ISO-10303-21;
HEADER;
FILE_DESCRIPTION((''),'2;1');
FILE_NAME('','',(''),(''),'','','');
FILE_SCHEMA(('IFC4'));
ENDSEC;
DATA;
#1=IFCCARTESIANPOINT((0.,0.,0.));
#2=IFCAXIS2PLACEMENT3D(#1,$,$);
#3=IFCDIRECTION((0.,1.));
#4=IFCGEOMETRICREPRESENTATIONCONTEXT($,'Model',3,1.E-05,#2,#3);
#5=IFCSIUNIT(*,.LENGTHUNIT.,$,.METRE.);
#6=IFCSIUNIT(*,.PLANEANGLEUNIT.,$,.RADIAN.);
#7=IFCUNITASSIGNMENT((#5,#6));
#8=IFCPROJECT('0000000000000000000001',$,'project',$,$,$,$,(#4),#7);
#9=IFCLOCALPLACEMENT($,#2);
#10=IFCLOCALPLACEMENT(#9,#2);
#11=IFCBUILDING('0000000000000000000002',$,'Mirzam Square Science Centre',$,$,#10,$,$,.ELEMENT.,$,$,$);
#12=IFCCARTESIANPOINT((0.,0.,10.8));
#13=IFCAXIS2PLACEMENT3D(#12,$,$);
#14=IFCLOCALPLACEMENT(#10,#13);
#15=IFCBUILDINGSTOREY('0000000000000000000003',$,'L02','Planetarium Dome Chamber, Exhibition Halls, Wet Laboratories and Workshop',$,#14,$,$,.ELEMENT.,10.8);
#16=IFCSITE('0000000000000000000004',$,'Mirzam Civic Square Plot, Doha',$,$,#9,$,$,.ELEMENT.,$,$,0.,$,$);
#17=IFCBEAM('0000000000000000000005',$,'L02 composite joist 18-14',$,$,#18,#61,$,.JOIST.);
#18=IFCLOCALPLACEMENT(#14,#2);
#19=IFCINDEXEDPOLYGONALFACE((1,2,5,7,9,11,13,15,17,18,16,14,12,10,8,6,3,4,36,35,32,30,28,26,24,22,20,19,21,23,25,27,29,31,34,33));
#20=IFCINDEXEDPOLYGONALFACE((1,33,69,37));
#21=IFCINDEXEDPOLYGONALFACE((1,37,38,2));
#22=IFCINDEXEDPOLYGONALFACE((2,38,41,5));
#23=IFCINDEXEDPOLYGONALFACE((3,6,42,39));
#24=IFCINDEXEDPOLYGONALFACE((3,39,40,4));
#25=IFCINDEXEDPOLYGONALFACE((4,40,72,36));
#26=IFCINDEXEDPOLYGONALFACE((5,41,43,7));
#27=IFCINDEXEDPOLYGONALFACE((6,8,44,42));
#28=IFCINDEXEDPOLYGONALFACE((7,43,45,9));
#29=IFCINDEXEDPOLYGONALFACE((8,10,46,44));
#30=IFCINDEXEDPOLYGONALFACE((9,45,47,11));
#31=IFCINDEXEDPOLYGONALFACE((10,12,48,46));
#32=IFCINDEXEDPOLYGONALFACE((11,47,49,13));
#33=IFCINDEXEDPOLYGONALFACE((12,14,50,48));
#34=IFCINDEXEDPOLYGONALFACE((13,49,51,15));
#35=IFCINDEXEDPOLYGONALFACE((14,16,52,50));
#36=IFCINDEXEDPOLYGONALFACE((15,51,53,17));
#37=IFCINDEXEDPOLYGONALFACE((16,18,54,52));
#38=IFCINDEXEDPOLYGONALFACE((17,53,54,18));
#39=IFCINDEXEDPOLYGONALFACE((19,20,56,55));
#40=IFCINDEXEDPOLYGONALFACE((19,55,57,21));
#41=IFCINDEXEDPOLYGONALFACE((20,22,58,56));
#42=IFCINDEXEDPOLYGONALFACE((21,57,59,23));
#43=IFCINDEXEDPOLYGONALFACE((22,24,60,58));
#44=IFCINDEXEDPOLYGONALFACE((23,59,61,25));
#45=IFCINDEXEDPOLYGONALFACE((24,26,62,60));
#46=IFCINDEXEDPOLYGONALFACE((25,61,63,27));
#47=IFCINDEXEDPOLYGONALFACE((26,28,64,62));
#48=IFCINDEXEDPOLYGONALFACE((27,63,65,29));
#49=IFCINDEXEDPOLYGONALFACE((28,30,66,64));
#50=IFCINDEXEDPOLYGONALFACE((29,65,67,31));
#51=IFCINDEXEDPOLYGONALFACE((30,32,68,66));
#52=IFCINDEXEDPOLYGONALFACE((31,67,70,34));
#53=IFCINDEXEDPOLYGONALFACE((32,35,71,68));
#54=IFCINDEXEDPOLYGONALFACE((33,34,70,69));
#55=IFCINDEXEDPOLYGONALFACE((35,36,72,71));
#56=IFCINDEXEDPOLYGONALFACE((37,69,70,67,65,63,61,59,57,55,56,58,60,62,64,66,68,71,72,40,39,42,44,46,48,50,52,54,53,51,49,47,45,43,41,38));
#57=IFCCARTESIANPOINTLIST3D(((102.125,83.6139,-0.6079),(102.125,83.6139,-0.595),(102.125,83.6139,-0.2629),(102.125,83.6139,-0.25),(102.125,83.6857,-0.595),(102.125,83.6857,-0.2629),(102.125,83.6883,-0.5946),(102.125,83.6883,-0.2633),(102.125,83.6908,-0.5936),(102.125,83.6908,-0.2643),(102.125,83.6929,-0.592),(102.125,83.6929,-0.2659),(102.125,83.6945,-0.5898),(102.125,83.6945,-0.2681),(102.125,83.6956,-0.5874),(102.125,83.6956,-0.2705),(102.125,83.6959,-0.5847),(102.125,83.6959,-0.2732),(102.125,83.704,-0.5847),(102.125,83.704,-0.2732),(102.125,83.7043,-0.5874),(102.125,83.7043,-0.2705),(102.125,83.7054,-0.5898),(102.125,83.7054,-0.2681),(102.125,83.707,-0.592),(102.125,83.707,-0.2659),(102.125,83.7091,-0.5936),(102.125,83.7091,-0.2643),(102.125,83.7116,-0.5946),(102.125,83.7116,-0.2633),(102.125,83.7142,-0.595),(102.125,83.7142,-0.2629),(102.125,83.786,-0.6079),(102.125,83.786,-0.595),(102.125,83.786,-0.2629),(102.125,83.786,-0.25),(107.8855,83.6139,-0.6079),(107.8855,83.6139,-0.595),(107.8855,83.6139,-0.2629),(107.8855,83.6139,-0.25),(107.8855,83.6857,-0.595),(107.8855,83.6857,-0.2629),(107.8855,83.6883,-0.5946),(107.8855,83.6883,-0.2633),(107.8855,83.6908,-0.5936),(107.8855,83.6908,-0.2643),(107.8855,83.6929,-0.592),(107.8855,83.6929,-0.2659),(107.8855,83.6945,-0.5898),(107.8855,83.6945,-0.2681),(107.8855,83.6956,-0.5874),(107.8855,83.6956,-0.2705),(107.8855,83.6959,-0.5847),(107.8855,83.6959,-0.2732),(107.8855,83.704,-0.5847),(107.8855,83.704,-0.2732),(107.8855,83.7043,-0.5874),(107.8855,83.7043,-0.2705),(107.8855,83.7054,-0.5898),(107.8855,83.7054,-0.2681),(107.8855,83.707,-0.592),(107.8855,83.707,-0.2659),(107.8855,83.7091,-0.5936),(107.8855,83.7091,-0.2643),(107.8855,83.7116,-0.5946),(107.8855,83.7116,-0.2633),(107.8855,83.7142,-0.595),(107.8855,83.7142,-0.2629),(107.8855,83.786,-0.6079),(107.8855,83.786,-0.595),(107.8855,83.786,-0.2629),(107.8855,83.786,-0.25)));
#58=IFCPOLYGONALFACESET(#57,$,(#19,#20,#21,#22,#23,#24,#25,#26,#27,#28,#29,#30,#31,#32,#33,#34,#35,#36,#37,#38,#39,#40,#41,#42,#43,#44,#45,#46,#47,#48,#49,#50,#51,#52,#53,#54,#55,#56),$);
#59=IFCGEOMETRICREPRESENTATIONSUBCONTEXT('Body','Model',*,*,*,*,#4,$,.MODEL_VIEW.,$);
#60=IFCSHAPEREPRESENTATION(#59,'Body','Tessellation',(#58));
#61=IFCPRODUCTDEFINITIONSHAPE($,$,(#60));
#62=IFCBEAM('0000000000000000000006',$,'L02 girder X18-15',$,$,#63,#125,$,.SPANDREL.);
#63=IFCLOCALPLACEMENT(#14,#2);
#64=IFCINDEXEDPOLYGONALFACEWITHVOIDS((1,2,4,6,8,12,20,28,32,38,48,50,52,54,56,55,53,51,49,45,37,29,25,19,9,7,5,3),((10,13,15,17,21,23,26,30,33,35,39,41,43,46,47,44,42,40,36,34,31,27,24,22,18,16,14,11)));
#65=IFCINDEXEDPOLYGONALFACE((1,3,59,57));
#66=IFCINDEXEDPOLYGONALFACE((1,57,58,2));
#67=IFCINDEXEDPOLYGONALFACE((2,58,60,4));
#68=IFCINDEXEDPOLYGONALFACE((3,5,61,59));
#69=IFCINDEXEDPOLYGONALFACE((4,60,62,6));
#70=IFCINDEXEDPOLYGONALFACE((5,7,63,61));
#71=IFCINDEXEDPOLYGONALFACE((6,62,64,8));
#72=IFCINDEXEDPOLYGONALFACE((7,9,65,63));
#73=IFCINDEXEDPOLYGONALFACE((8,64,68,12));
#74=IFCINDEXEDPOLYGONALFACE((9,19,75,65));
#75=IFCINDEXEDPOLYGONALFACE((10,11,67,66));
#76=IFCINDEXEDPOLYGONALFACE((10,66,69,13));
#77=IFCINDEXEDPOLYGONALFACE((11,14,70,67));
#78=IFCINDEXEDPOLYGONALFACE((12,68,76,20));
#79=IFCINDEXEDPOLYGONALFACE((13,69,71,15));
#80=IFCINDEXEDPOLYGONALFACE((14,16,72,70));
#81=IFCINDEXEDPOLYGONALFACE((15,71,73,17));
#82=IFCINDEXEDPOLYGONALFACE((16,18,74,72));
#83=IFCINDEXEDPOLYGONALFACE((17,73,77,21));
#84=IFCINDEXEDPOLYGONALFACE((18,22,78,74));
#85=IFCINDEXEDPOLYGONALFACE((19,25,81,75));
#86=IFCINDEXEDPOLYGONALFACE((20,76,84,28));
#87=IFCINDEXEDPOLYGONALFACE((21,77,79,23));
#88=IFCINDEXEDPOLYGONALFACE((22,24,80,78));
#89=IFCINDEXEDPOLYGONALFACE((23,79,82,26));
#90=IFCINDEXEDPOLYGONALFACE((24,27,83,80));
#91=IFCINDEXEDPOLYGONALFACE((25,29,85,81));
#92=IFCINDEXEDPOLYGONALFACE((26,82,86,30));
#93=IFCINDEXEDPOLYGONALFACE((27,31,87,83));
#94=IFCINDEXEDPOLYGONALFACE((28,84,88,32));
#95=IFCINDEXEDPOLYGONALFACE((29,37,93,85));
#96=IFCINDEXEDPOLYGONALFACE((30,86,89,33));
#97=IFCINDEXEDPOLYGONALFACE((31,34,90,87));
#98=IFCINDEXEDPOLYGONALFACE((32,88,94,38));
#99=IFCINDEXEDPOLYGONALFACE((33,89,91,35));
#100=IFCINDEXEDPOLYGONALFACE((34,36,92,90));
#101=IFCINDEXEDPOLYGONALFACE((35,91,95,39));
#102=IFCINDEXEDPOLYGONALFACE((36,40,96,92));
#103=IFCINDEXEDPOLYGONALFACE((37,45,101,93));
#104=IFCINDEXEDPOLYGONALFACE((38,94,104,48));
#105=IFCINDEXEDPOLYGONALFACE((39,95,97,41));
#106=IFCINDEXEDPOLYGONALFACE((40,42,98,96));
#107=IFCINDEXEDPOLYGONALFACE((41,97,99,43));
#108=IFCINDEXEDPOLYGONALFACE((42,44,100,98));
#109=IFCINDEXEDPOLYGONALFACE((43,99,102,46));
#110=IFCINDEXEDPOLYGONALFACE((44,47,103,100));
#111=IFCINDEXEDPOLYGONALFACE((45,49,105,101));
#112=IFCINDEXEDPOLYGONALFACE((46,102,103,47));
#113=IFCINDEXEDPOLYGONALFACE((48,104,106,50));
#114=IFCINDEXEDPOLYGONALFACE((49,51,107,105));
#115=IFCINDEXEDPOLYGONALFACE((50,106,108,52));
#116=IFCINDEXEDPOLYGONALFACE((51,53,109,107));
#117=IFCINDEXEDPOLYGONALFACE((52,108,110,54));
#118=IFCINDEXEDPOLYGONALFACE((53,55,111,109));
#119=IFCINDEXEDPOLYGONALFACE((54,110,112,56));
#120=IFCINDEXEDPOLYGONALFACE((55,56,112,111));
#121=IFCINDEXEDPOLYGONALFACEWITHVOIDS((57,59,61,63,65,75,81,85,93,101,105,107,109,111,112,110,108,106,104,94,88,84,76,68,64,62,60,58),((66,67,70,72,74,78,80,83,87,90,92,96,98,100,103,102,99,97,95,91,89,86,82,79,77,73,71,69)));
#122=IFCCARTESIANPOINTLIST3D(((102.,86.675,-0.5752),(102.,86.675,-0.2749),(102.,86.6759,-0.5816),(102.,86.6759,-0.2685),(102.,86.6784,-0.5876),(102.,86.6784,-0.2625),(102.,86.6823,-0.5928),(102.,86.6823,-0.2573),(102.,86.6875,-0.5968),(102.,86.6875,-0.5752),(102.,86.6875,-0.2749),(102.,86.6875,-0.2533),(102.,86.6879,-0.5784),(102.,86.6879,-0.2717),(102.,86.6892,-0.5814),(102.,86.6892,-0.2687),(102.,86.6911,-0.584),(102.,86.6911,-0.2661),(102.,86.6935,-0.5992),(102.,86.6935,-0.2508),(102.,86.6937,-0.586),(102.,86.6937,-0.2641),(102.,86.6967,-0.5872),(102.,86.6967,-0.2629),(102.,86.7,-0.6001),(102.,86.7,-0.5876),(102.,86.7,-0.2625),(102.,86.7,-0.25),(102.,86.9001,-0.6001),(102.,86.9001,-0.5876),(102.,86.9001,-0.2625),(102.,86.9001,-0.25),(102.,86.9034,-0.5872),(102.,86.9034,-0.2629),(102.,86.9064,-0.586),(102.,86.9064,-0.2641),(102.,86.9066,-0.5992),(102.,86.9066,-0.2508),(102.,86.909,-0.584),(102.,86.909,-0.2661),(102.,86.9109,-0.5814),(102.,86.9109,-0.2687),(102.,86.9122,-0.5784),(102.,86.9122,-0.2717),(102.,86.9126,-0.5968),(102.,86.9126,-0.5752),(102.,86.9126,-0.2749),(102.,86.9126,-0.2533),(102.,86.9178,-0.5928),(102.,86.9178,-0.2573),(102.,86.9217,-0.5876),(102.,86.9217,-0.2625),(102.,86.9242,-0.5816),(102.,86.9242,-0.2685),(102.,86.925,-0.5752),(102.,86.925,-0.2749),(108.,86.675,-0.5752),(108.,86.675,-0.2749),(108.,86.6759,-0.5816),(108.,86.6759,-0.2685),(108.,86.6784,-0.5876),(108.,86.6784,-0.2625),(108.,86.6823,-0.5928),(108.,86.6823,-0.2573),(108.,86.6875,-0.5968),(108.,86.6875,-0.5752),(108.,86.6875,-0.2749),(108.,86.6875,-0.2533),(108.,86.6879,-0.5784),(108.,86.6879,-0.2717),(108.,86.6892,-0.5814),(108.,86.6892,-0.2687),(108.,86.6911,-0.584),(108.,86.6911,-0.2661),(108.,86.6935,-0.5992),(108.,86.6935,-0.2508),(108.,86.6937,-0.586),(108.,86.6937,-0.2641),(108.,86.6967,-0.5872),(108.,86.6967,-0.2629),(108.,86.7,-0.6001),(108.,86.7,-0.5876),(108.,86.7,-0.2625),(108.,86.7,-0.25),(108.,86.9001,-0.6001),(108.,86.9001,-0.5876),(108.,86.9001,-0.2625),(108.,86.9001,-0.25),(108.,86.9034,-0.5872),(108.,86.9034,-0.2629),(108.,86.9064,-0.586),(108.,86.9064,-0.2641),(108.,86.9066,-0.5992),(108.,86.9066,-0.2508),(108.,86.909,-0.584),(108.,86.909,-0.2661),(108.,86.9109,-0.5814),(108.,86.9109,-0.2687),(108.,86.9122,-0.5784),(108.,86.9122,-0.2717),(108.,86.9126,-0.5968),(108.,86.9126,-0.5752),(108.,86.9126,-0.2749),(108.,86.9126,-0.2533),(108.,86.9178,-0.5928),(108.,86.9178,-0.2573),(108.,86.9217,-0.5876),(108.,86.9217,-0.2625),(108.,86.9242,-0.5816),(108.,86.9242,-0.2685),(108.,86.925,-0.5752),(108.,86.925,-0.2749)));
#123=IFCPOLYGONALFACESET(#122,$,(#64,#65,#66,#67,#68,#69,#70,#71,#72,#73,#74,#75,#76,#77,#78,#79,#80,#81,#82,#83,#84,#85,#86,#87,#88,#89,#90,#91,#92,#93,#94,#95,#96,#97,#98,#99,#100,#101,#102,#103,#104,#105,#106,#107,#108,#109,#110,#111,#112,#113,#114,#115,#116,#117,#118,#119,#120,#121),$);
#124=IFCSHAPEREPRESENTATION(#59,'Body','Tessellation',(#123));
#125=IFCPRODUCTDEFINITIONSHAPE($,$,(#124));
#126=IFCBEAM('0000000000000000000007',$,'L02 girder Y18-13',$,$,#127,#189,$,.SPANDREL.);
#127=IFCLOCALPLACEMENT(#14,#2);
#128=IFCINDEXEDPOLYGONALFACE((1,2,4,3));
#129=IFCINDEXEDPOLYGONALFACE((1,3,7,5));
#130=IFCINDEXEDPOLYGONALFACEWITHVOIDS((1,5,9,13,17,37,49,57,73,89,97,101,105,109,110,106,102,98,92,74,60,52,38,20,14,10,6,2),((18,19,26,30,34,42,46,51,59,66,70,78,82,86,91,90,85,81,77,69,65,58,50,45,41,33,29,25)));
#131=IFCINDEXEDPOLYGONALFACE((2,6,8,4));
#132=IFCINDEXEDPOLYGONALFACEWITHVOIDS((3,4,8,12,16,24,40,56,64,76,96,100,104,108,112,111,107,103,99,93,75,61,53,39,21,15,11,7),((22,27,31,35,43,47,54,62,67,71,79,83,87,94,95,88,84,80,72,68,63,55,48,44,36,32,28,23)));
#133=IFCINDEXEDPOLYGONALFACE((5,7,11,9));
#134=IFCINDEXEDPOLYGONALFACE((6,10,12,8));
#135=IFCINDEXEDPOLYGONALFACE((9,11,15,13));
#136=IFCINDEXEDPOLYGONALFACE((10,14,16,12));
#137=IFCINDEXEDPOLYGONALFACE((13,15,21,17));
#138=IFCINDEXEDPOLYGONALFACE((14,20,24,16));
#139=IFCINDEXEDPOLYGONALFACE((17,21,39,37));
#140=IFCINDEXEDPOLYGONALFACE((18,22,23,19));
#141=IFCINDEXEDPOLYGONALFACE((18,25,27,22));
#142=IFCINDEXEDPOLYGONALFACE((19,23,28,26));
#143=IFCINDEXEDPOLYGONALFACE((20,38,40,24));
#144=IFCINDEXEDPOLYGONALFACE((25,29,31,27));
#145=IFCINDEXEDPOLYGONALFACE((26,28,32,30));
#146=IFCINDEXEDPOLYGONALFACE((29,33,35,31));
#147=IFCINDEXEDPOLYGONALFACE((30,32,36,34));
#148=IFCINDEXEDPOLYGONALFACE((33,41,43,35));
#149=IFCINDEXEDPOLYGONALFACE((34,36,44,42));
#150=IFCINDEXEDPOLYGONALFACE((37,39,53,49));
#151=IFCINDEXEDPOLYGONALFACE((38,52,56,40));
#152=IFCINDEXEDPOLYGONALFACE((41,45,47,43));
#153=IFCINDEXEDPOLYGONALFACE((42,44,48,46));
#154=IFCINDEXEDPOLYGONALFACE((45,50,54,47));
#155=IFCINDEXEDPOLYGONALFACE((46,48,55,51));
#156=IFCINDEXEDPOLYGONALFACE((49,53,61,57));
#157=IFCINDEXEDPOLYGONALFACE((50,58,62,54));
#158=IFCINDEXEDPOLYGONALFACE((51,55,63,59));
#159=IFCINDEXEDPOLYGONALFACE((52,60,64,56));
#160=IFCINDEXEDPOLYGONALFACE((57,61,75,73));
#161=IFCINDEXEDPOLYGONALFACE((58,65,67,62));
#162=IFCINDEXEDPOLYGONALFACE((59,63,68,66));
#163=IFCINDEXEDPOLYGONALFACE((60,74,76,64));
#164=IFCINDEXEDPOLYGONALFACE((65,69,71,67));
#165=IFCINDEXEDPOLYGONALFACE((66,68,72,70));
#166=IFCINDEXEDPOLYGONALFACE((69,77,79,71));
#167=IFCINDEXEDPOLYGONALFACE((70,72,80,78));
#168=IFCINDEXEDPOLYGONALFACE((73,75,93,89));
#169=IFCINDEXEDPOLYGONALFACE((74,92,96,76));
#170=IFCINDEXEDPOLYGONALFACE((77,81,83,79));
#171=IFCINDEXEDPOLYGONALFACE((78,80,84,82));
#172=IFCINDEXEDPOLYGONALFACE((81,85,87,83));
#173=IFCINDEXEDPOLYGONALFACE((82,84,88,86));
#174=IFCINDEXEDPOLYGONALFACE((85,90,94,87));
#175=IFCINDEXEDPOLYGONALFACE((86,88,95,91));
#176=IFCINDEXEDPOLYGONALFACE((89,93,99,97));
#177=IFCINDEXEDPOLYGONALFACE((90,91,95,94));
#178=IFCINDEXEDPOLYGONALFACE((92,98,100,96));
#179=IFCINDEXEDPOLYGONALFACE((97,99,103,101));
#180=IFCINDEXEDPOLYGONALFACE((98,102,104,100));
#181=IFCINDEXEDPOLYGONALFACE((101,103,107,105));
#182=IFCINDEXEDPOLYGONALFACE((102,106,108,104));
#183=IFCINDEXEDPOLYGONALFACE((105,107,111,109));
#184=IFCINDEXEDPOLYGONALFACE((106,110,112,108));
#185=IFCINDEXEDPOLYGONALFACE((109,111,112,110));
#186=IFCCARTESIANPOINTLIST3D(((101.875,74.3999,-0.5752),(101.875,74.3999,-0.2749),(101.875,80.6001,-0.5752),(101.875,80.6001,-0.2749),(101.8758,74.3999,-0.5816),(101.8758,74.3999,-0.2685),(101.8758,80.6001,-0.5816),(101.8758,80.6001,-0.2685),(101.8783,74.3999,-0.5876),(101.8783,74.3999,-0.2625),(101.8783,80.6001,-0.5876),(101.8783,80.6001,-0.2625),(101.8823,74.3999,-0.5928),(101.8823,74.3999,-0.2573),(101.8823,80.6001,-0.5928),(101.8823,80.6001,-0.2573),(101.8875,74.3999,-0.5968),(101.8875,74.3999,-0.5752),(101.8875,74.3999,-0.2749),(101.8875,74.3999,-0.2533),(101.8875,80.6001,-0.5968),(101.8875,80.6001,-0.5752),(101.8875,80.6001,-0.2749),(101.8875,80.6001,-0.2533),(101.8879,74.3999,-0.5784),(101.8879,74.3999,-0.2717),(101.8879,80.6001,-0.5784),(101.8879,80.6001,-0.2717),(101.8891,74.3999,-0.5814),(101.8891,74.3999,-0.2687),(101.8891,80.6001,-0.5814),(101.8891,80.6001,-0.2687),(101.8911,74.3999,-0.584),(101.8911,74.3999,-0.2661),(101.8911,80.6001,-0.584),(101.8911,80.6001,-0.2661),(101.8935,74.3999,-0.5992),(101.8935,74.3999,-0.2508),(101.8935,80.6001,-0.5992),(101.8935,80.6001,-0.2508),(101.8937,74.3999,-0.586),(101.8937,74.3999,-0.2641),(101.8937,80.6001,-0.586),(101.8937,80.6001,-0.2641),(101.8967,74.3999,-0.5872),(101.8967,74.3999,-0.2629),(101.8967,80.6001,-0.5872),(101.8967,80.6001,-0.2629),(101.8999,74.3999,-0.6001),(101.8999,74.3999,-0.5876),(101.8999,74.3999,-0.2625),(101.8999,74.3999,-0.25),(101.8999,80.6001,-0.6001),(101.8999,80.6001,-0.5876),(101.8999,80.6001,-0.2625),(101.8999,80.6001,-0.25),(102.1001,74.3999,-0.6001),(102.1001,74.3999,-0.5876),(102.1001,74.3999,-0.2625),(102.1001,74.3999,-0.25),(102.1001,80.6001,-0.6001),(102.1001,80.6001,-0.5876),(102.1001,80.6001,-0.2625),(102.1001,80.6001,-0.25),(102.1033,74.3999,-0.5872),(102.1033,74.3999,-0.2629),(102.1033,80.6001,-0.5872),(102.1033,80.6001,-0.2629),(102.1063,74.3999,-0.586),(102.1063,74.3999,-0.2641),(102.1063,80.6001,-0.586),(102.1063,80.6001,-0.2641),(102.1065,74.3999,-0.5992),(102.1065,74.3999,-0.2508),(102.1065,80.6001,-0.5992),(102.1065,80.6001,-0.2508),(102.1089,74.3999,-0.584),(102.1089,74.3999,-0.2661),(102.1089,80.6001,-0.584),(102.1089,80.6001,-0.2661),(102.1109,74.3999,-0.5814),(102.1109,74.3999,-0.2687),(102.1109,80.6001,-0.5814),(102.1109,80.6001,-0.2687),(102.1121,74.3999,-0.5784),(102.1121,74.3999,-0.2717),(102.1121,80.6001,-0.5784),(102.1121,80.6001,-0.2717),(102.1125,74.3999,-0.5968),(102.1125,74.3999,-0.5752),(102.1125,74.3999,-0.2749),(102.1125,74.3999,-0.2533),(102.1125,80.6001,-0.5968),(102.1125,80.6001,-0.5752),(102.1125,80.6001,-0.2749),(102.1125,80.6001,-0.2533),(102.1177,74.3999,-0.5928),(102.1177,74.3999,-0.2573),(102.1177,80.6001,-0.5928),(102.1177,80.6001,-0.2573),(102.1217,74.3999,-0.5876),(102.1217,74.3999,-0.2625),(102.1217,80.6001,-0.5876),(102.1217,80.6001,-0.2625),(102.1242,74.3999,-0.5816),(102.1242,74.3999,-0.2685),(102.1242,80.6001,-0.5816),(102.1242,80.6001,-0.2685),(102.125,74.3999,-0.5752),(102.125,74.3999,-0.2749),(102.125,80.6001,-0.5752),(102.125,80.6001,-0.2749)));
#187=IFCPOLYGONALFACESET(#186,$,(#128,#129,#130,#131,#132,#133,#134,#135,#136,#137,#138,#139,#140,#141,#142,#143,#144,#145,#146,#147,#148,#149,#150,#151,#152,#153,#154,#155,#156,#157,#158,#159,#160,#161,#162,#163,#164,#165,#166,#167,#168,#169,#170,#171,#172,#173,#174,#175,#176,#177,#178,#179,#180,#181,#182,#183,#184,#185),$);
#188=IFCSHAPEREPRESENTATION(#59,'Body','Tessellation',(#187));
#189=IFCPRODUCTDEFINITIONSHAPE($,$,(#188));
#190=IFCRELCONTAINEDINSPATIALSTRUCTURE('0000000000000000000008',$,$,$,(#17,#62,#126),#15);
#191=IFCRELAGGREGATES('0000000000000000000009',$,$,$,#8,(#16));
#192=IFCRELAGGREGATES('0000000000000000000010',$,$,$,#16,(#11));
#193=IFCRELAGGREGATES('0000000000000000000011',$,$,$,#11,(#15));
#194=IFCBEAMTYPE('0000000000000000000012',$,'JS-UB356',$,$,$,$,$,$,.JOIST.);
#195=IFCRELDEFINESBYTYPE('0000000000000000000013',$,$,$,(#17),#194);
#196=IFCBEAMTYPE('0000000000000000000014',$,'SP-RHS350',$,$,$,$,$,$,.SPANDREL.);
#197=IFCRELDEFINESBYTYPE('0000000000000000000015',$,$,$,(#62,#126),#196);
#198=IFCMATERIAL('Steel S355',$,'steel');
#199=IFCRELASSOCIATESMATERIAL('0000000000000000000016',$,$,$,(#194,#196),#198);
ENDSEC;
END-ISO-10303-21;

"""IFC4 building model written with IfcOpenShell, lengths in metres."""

from ifc_helpers import new_model, si_unit, direction, frame, origin, origin_2d, place, context, subcontext, project, spatial, hollow_rectangle, i_section, extrude, material, material_profile, profile_set, type_object, element, save


model = new_model("IFC4")

# Units and contexts
model_context = context("Model", 3, precision=1e-05, world=origin(), true_north=direction((0.0, 1.0)))
body_context = subcontext(model_context, "Body", "Model", "MODEL_VIEW")
ifc_project = project(units=[si_unit("LENGTHUNIT", "METRE"), si_unit("PLANEANGLEUNIT", "RADIAN")], contexts=[model_context])

# Site, building, storey
site_placement = place(None, origin())
site = spatial("IfcSite", under=ifc_project, at=site_placement, Name="Mirzam Civic Square Plot, Doha", CompositionType="ELEMENT", RefElevation=0.0)
building_placement = place(site_placement, origin())
building = spatial("IfcBuilding", under=site, at=building_placement, Name="Mirzam Square Science Centre", CompositionType="ELEMENT")
storey_placement = place(building_placement, frame((0.0, 0.0, 10.8)))
storey = spatial("IfcBuildingStorey", under=building, at=storey_placement, Name="L02", Description="Planetarium Dome Chamber, Exhibition Halls, Wet Laboratories and Workshop", CompositionType="ELEMENT", Elevation=10.8)

# Shared definitions
ifc_material_1 = material(Name="Steel S355", Category="steel")

# Beams
ifc_material_profile_1 = material_profile(ifc_material_1, i_section(OverallWidth=0.1721, OverallDepth=0.3579, WebThickness=0.0081, FlangeThickness=0.0129, FilletRadius=0.0103, at=origin_2d()), Name="356x171x57UB")
ifc_profile_set_1 = profile_set([ifc_material_profile_1], Name="Steel S355")
beam_type_1 = type_object("IfcBeamType", Name="JS-UB356", PredefinedType="JOIST", material=ifc_profile_set_1)
beam_1_placement = place(storey_placement, frame((102.125, 83.7, -0.429), z_axis=(1.0, 0.0, 0.0), x_axis=(0.0, 1.0, 0.0)))
element("IfcBeam", 1, at=beam_1_placement, inside=storey, type_object=beam_type_1, Name="L02 composite joist 18-14", PredefinedType="JOIST", context=body_context, shape_type="SweptSolid", body=[
    extrude(i_section(OverallWidth=0.1721, OverallDepth=0.3579, WebThickness=0.0081, FlangeThickness=0.0129, FilletRadius=0.0103, at=origin_2d()), origin(), (0.0, 0.0, 1.0), 5.7605),
])
ifc_material_profile_2 = material_profile(ifc_material_1, hollow_rectangle(XDim=0.25, YDim=0.3501, WallThickness=0.0125, InnerFilletRadius=0.0125, OuterFilletRadius=0.0249, at=origin_2d()), Name="350x250x12.5RHS")
ifc_profile_set_2 = profile_set([ifc_material_profile_2], Name="Steel S355")
beam_type_2 = type_object("IfcBeamType", Name="SP-RHS350", PredefinedType="SPANDREL", material=ifc_profile_set_2)
beam_2_placement = place(storey_placement, frame((102.0, 86.8, -0.425), z_axis=(1.0, 0.0, 0.0), x_axis=(0.0, 1.0, 0.0)))
element("IfcBeam", 2, at=beam_2_placement, inside=storey, type_object=beam_type_2, Name="L02 girder X18-15", PredefinedType="SPANDREL", context=body_context, shape_type="SweptSolid", body=[
    extrude(hollow_rectangle(XDim=0.25, YDim=0.3501, WallThickness=0.0125, InnerFilletRadius=0.0125, OuterFilletRadius=0.0249, at=origin_2d()), origin(), (0.0, 0.0, 1.0), 6.0),
])
beam_3_placement = place(storey_placement, frame((102.0, 74.3999, -0.425), z_axis=(0.0, 1.0, 0.0), x_axis=(-1.0, 0.0, 0.0)))
element("IfcBeam", 3, at=beam_3_placement, inside=storey, type_object=beam_type_2, Name="L02 girder Y18-13", PredefinedType="SPANDREL", context=body_context, shape_type="SweptSolid", body=[
    extrude(hollow_rectangle(XDim=0.25, YDim=0.3501, WallThickness=0.0125, InnerFilletRadius=0.0125, OuterFilletRadius=0.0249, at=origin_2d()), origin(), (0.0, 0.0, 1.0), 6.2002),
])

save(model, "model.ifc")
